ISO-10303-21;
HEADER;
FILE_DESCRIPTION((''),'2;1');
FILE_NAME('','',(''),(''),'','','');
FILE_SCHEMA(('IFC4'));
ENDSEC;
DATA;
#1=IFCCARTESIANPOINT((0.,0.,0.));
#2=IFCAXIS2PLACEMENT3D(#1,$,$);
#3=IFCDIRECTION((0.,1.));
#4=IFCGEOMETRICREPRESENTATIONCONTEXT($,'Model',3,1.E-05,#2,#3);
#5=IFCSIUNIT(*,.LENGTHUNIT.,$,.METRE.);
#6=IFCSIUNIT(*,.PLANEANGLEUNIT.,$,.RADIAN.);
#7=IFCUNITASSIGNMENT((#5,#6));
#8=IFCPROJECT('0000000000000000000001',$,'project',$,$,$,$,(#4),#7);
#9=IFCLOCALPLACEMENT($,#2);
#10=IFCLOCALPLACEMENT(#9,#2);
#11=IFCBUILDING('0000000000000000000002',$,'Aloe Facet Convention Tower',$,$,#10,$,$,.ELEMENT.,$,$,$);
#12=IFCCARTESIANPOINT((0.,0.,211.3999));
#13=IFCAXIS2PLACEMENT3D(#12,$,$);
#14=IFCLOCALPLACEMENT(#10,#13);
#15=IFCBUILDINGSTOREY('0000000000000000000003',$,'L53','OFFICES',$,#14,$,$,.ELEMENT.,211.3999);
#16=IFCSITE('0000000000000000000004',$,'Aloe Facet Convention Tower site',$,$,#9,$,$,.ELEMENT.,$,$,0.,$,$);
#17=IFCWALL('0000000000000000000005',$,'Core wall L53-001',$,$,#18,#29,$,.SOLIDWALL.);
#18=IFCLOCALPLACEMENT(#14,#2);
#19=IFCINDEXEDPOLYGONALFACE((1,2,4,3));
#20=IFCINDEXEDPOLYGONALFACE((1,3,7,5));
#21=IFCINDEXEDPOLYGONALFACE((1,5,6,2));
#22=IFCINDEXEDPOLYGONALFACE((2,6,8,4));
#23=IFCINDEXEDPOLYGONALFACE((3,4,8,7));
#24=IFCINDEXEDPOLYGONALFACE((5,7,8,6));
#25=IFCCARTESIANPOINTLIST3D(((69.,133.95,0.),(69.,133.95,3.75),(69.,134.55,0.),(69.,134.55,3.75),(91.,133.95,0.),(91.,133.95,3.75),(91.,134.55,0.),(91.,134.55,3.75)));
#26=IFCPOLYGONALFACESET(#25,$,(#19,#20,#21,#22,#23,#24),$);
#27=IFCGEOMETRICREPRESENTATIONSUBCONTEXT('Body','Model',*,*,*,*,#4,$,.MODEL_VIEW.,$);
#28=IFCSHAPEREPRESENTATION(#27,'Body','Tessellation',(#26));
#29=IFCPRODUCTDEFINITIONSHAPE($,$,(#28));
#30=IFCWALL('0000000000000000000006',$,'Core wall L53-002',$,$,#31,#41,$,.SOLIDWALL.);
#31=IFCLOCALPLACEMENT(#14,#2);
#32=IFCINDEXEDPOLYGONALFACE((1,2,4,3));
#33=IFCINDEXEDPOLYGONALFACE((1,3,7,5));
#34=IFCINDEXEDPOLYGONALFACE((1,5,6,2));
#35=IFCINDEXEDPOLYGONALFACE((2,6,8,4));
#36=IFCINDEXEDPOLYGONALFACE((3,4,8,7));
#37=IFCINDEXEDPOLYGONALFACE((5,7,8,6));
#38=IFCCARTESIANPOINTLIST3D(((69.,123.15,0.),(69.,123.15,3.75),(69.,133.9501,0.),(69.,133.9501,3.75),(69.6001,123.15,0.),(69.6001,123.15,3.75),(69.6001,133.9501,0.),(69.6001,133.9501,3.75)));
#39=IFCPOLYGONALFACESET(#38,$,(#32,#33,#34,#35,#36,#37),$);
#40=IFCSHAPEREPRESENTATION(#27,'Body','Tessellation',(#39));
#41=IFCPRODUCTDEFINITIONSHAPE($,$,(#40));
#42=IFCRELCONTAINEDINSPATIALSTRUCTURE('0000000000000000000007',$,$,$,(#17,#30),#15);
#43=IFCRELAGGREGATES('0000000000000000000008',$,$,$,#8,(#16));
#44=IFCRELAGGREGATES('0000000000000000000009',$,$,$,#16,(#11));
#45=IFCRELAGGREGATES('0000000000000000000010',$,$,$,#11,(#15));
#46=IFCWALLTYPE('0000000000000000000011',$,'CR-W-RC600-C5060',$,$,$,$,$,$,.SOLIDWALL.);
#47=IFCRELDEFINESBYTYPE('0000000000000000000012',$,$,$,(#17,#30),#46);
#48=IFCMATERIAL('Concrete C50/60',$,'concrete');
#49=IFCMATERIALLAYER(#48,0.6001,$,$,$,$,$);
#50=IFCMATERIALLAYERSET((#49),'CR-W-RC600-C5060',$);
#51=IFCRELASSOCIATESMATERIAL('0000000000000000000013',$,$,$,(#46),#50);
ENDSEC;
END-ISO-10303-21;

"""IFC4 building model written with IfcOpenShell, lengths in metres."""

from ifc_helpers import new_model, si_unit, direction, frame, frame_2d, origin, place, context, subcontext, project, spatial, rectangle, extrude, material, layer, layer_set, type_object, element, save


model = new_model("IFC4")

# Units and contexts
model_context = context("Model", 3, precision=1e-05, world=origin(), true_north=direction((0.0, 1.0)))
body_context = subcontext(model_context, "Body", "Model", "MODEL_VIEW")
ifc_project = project(units=[si_unit("LENGTHUNIT", "METRE"), si_unit("PLANEANGLEUNIT", "RADIAN")], contexts=[model_context])

# Site, building, storey
site_placement = place(None, origin())
site = spatial("IfcSite", under=ifc_project, at=site_placement, Name="Aloe Facet Convention Tower site", CompositionType="ELEMENT", RefElevation=0.0)
building_placement = place(site_placement, origin())
building = spatial("IfcBuilding", under=site, at=building_placement, Name="Aloe Facet Convention Tower", CompositionType="ELEMENT")
storey_placement = place(building_placement, frame((0.0, 0.0, 211.3999)))
storey = spatial("IfcBuildingStorey", under=building, at=storey_placement, Name="L53", Description="OFFICES", CompositionType="ELEMENT", Elevation=211.3999)

# Walls
ifc_material_1 = material(Name="Concrete C50/60", Category="concrete")
ifc_layer_1 = layer(ifc_material_1, 0.6001)
ifc_layer_set_1 = layer_set([ifc_layer_1], Name="CR-W-RC600-C5060")
wall_type_1 = type_object("IfcWallType", Name="CR-W-RC600-C5060", PredefinedType="SOLIDWALL", material=ifc_layer_set_1)
wall_1_placement = place(storey_placement, frame((69.0, 134.25, 0.0), z_axis=(0.0, 0.0, 1.0), x_axis=(1.0, 0.0, 0.0)))
element("IfcWall", 1, at=wall_1_placement, inside=storey, type_object=wall_type_1, Name="Core wall L53-001", PredefinedType="SOLIDWALL", context=body_context, shape_type="SweptSolid", body=[
    extrude(rectangle(XDim=22.0, YDim=0.6001, at=frame_2d((11.0, 0.0))), origin(), (0.0, 0.0, 1.0), 3.75),
])
wall_2_placement = place(storey_placement, frame((69.3, 133.95, 0.0), z_axis=(0.0, 0.0, 1.0), x_axis=(0.0, -1.0, 0.0)))
element("IfcWall", 2, at=wall_2_placement, inside=storey, type_object=wall_type_1, Name="Core wall L53-002", PredefinedType="SOLIDWALL", context=body_context, shape_type="SweptSolid", body=[
    extrude(rectangle(XDim=10.8, YDim=0.6001, at=frame_2d((5.3999, 0.0))), origin(), (0.0, 0.0, 1.0), 3.75),
])

save(model, "model.ifc")
